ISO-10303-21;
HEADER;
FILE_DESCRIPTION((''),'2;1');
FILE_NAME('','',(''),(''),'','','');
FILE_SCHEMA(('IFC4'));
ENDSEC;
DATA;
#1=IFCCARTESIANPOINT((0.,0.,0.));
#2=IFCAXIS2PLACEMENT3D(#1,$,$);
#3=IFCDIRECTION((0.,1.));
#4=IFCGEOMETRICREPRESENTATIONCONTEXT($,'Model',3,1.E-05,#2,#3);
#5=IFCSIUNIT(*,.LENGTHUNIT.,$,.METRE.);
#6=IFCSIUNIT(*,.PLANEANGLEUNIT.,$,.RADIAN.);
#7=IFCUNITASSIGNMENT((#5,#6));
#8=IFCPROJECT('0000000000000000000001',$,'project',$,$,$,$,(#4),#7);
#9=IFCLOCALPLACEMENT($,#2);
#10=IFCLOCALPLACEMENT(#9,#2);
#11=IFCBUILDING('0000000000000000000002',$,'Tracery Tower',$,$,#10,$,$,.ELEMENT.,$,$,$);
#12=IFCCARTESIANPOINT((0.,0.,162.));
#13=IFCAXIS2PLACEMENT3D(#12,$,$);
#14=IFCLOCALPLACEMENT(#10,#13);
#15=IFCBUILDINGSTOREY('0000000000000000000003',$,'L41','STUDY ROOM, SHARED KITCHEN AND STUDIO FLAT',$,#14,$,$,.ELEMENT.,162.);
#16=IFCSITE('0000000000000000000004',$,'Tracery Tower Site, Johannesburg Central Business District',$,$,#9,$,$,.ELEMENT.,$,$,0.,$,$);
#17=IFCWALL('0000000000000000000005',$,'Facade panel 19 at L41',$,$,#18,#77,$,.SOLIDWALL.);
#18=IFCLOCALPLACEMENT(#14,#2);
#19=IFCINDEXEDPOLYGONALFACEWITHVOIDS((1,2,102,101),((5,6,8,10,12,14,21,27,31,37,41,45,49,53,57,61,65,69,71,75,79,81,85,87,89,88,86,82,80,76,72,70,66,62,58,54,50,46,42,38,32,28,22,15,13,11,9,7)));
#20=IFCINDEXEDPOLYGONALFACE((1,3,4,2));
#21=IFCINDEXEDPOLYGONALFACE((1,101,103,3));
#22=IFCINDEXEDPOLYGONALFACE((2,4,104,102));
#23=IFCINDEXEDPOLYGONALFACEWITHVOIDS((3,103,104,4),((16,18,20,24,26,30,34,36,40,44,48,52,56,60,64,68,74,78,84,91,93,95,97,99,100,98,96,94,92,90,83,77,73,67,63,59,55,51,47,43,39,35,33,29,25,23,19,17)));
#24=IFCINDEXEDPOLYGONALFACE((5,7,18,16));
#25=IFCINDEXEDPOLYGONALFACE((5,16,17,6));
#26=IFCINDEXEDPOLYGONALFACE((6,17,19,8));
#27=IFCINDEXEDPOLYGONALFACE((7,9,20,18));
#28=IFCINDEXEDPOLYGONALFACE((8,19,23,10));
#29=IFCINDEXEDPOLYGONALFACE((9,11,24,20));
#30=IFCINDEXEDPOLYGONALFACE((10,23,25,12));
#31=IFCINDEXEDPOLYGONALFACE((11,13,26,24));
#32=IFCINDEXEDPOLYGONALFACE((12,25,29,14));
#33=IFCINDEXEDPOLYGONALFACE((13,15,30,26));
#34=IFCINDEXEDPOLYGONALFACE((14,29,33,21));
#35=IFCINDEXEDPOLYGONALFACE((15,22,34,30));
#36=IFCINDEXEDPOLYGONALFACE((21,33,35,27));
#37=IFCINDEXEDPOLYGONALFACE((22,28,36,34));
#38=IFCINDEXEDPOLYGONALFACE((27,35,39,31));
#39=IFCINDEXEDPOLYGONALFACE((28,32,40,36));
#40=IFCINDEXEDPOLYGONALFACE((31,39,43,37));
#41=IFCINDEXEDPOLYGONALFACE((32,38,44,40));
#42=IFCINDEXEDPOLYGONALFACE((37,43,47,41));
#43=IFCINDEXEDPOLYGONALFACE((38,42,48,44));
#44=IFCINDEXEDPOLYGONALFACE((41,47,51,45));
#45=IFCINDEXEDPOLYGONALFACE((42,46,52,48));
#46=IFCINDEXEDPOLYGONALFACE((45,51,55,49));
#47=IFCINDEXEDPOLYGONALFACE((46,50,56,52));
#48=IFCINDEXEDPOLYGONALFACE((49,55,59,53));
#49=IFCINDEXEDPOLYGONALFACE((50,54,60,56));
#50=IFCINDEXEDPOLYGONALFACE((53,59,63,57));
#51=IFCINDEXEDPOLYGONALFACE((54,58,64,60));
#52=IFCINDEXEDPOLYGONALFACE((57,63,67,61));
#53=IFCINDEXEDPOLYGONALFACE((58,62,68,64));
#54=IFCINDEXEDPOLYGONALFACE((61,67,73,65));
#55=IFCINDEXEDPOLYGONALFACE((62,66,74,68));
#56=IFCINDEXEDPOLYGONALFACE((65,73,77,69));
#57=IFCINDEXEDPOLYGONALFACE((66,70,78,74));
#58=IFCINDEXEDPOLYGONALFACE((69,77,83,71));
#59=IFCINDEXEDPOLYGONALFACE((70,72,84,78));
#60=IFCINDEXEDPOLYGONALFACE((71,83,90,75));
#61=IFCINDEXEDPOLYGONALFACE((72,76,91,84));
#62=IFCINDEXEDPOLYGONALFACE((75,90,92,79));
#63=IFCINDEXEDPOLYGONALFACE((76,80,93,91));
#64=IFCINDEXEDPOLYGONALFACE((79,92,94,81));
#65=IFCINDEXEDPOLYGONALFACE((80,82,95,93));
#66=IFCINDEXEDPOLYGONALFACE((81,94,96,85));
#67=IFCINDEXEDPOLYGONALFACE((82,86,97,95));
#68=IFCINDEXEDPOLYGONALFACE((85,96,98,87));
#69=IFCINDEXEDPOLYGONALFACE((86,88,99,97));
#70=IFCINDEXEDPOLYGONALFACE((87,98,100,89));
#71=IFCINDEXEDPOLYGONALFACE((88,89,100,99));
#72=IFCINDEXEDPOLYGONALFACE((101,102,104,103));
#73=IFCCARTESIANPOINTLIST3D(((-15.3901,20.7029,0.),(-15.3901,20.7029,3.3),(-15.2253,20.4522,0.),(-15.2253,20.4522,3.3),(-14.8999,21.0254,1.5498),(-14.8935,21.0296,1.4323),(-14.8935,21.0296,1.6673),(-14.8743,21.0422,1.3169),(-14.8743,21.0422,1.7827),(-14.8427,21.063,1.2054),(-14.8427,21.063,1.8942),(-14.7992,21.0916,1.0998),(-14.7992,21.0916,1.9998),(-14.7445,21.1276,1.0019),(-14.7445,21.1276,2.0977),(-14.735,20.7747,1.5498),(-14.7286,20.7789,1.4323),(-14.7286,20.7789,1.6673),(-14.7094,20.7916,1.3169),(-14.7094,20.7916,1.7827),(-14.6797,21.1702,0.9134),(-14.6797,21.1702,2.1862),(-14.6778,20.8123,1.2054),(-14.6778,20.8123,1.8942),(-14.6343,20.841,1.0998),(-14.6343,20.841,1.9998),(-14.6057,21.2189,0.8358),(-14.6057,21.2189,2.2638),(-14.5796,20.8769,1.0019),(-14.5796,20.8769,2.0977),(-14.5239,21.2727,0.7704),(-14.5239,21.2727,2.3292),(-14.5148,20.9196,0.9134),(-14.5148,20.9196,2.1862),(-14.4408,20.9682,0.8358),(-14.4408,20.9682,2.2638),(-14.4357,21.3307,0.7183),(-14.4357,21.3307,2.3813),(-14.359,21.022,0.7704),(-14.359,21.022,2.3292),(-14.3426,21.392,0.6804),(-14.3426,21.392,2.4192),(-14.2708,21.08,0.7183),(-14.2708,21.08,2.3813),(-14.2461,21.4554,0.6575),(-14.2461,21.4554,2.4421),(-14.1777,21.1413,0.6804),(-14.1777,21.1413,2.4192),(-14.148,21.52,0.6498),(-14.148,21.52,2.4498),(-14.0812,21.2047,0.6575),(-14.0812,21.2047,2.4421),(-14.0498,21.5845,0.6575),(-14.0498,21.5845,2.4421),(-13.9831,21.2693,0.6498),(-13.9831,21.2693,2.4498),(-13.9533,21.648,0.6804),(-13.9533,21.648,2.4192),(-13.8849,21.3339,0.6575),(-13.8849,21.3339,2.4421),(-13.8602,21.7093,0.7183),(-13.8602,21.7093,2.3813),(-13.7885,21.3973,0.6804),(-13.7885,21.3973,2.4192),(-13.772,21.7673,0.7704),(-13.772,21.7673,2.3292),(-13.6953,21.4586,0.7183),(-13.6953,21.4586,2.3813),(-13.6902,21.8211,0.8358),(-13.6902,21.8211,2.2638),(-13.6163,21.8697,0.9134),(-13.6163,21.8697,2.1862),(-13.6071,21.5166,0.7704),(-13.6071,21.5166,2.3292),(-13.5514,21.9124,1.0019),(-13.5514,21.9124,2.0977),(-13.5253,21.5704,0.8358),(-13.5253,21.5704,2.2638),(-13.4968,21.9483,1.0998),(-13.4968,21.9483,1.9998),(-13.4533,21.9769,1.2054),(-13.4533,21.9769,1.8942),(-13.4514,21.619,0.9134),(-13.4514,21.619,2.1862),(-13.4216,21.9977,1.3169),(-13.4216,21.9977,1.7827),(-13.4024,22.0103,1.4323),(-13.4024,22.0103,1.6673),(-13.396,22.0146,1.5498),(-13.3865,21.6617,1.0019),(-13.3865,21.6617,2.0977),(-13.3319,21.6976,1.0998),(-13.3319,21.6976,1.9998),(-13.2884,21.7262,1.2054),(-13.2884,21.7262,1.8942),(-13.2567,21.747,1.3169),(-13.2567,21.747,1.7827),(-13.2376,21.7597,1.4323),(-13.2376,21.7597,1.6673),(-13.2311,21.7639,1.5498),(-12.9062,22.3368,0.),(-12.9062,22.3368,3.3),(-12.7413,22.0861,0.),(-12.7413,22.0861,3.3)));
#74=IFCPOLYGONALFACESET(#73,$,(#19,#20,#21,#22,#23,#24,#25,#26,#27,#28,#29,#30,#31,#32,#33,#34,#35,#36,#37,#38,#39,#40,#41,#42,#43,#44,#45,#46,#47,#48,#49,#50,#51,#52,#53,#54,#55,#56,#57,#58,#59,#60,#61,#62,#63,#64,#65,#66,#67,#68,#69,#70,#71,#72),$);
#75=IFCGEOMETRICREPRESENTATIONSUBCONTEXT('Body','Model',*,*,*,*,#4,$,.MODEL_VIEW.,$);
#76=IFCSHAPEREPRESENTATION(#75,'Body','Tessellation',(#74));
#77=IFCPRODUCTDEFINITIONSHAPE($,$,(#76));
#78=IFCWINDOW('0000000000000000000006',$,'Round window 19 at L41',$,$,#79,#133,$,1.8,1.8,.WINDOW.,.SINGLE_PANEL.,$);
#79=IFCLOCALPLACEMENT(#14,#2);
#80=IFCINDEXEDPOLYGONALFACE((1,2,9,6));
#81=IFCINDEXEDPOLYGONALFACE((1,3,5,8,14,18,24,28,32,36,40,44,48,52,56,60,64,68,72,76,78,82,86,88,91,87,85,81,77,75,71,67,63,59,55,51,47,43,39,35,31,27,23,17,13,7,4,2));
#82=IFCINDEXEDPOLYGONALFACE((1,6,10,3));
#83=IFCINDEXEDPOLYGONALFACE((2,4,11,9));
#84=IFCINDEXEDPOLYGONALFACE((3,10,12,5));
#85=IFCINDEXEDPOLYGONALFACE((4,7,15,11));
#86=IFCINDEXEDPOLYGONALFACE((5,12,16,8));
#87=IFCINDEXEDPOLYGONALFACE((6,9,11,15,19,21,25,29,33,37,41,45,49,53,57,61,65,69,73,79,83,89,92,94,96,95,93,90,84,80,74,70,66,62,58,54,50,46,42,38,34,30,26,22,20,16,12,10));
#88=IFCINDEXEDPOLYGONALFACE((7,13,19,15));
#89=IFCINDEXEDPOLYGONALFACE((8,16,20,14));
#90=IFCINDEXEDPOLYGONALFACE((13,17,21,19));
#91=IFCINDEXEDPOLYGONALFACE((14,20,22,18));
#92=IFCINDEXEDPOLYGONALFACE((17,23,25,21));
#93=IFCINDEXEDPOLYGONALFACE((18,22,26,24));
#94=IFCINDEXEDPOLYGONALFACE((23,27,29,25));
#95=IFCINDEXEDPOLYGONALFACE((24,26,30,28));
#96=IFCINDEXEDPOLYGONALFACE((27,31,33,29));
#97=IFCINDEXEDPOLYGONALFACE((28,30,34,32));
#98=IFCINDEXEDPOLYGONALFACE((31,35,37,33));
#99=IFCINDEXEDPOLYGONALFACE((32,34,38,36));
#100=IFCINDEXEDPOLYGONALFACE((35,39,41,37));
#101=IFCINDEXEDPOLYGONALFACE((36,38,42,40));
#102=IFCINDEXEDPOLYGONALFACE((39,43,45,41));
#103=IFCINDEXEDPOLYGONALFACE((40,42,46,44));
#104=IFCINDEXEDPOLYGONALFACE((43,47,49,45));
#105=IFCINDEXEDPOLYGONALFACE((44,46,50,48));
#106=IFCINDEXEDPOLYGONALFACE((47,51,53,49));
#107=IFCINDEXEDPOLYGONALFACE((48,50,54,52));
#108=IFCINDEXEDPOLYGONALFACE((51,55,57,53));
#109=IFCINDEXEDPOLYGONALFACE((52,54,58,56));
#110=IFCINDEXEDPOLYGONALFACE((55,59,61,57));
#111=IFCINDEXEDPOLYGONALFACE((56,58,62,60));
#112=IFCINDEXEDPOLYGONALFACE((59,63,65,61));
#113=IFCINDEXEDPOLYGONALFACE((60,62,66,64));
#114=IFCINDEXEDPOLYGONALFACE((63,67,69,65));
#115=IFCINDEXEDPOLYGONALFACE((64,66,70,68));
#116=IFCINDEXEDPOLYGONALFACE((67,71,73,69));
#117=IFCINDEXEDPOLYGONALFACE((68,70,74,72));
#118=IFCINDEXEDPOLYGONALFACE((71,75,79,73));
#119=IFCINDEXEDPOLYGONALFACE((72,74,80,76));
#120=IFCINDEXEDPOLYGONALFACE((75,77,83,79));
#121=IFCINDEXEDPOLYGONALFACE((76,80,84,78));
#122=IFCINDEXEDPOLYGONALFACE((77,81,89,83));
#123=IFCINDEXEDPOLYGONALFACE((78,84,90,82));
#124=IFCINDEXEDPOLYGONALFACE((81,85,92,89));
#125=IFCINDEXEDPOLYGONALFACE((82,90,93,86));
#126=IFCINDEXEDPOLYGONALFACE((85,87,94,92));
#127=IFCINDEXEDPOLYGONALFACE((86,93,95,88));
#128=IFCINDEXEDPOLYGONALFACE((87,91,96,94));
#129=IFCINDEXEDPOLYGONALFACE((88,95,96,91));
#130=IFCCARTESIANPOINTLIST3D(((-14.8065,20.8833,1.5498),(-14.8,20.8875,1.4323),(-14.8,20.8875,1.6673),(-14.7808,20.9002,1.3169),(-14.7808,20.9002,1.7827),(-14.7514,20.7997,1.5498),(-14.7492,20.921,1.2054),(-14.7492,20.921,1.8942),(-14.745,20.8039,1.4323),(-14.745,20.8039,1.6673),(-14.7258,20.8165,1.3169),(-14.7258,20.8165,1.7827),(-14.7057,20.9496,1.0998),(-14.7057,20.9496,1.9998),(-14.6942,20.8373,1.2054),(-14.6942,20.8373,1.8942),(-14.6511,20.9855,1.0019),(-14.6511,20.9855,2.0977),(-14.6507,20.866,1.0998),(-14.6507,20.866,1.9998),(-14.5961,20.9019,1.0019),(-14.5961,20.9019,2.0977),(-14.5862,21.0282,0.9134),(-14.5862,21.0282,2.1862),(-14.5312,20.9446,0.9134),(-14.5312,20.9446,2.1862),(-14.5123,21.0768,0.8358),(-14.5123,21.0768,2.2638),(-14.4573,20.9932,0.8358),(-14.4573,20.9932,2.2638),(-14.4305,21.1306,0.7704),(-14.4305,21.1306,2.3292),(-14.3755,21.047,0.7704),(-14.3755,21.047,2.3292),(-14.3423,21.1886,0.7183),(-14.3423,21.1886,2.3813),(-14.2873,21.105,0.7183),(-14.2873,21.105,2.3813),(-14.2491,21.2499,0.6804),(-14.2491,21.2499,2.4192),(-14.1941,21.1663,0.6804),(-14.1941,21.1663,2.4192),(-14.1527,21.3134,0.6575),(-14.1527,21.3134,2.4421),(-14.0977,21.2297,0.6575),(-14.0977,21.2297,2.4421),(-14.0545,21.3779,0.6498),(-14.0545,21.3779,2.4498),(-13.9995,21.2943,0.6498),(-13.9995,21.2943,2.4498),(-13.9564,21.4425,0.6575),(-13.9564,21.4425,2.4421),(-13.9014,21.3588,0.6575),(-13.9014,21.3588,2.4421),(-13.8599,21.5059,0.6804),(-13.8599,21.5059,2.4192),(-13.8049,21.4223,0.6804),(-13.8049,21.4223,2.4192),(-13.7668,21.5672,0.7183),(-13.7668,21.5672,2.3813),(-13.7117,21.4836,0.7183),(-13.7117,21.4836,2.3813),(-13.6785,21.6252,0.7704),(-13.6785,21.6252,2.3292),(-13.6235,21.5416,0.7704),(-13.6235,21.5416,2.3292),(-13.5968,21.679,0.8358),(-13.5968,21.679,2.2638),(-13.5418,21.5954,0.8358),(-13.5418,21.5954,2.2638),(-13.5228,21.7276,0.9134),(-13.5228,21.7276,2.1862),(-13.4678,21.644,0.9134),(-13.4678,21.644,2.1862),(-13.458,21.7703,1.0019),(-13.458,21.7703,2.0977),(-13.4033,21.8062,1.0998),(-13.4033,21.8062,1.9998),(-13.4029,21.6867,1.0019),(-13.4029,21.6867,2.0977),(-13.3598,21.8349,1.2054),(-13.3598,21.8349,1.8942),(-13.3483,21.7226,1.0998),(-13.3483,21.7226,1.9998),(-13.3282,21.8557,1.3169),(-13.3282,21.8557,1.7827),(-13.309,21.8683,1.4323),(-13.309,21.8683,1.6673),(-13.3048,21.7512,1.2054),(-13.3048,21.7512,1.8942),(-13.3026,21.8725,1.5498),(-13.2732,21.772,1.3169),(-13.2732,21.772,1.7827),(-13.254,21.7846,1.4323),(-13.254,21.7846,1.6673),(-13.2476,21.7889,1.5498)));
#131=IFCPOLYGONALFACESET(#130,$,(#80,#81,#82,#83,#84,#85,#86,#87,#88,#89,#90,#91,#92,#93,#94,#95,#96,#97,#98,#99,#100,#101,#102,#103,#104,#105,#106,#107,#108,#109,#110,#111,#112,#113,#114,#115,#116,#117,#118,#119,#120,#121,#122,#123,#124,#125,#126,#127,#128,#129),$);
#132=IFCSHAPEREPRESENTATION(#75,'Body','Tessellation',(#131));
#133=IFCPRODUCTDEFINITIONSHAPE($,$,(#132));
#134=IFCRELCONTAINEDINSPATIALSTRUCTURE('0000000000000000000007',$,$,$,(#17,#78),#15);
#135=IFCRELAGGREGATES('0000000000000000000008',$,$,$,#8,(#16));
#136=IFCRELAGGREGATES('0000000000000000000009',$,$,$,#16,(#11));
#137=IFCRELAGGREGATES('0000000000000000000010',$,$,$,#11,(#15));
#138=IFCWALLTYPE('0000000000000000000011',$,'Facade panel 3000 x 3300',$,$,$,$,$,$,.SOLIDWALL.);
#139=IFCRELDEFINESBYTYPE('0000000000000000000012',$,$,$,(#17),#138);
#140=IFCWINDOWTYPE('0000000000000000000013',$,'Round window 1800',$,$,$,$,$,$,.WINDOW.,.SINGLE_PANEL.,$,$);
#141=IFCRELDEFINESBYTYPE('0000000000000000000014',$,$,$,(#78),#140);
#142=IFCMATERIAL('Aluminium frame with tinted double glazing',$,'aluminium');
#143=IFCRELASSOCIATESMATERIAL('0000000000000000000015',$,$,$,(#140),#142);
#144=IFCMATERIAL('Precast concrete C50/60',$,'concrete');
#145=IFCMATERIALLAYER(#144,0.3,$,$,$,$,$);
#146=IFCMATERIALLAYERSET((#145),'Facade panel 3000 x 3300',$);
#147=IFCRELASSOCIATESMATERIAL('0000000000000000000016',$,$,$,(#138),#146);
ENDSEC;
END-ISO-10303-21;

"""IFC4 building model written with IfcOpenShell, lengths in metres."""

from ifc_helpers import new_model, si_unit, direction, frame, frame_2d, origin, origin_2d, place, context, subcontext, project, spatial, rectangle, circle, extrude, material, layer, layer_set, type_object, element, fill, save


model = new_model("IFC4")

# Units and contexts
model_context = context("Model", 3, precision=1e-05, world=origin(), true_north=direction((0.0, 1.0)))
body_context = subcontext(model_context, "Body", "Model", "MODEL_VIEW")
ifc_project = project(units=[si_unit("LENGTHUNIT", "METRE"), si_unit("PLANEANGLEUNIT", "RADIAN")], contexts=[model_context])

# Site, building, storey
site_placement = place(None, origin())
site = spatial("IfcSite", under=ifc_project, at=site_placement, Name="Tracery Tower Site, Johannesburg Central Business District", CompositionType="ELEMENT", RefElevation=0.0)
building_placement = place(site_placement, origin())
building = spatial("IfcBuilding", under=site, at=building_placement, Name="Tracery Tower", CompositionType="ELEMENT")
storey_placement = place(building_placement, frame((0.0, 0.0, 162.0)))
storey = spatial("IfcBuildingStorey", under=building, at=storey_placement, Name="L41", Description="STUDY ROOM, SHARED KITCHEN AND STUDIO FLAT", CompositionType="ELEMENT", Elevation=162.0)

# Wall, opening, window
ifc_material_1 = material(Name="Aluminium frame with tinted double glazing", Category="aluminium")
window_type = type_object("IfcWindowType", Name="Round window 1800", PartitioningType="SINGLE_PANEL", PredefinedType="WINDOW", material=ifc_material_1)
ifc_material_2 = material(Name="Precast concrete C50/60", Category="concrete")
ifc_layer_1 = layer(ifc_material_2, 0.3)
ifc_layer_set_1 = layer_set([ifc_layer_1], Name="Facade panel 3000 x 3300")
wall_type_1 = type_object("IfcWallType", Name="Facade panel 3000 x 3300", PredefinedType="SOLIDWALL", material=ifc_layer_set_1)
wall_1_placement = place(storey_placement, frame((-12.8237, 22.2114, 0.0), z_axis=(0.0, 0.0, 1.0), x_axis=(-0.835471, -0.549535, 0.0)))
wall_1 = element("IfcWall", 1, at=wall_1_placement, inside=storey, type_object=wall_type_1, Name="Facade panel 19 at L41", PredefinedType="SOLIDWALL", context=body_context, shape_type="SweptSolid", body=[
    extrude(rectangle(XDim=2.9731, YDim=0.3, at=frame_2d((1.4866, 0.0))), origin(), (0.0, 0.0, 1.0), 3.3),
])
opening_1_placement = place(wall_1_placement, frame((1.4863, 0.0, 1.5498)))
opening_1 = element("IfcOpeningElement", 2, at=opening_1_placement, cuts=wall_1, PredefinedType="OPENING", context=body_context, shape_type="SweptSolid", body=[
    extrude(circle(Radius=0.9, at=origin_2d()), frame((0.0, 0.1599, 0.0), z_axis=(0.0, -1.0, 0.0), x_axis=(1.0, 0.0, 0.0)), (0.0, 0.0, 1.0), 0.3201),
])
window_1_placement = place(opening_1_placement, origin())
window_1 = element("IfcWindow", 3, at=window_1_placement, inside=storey, type_object=window_type, Name="Round window 19 at L41", OverallHeight=1.8, OverallWidth=1.8, PartitioningType="SINGLE_PANEL", PredefinedType="WINDOW", context=body_context, shape_type="SweptSolid", body=[
    extrude(circle(Radius=0.9, at=origin_2d()), frame((0.0, 0.1201, 0.0), z_axis=(0.0, -1.0, 0.0), x_axis=(1.0, 0.0, 0.0)), (0.0, 0.0, 1.0), 0.1001),
])
fill(opening_1, window_1)

save(model, "model.ifc")
